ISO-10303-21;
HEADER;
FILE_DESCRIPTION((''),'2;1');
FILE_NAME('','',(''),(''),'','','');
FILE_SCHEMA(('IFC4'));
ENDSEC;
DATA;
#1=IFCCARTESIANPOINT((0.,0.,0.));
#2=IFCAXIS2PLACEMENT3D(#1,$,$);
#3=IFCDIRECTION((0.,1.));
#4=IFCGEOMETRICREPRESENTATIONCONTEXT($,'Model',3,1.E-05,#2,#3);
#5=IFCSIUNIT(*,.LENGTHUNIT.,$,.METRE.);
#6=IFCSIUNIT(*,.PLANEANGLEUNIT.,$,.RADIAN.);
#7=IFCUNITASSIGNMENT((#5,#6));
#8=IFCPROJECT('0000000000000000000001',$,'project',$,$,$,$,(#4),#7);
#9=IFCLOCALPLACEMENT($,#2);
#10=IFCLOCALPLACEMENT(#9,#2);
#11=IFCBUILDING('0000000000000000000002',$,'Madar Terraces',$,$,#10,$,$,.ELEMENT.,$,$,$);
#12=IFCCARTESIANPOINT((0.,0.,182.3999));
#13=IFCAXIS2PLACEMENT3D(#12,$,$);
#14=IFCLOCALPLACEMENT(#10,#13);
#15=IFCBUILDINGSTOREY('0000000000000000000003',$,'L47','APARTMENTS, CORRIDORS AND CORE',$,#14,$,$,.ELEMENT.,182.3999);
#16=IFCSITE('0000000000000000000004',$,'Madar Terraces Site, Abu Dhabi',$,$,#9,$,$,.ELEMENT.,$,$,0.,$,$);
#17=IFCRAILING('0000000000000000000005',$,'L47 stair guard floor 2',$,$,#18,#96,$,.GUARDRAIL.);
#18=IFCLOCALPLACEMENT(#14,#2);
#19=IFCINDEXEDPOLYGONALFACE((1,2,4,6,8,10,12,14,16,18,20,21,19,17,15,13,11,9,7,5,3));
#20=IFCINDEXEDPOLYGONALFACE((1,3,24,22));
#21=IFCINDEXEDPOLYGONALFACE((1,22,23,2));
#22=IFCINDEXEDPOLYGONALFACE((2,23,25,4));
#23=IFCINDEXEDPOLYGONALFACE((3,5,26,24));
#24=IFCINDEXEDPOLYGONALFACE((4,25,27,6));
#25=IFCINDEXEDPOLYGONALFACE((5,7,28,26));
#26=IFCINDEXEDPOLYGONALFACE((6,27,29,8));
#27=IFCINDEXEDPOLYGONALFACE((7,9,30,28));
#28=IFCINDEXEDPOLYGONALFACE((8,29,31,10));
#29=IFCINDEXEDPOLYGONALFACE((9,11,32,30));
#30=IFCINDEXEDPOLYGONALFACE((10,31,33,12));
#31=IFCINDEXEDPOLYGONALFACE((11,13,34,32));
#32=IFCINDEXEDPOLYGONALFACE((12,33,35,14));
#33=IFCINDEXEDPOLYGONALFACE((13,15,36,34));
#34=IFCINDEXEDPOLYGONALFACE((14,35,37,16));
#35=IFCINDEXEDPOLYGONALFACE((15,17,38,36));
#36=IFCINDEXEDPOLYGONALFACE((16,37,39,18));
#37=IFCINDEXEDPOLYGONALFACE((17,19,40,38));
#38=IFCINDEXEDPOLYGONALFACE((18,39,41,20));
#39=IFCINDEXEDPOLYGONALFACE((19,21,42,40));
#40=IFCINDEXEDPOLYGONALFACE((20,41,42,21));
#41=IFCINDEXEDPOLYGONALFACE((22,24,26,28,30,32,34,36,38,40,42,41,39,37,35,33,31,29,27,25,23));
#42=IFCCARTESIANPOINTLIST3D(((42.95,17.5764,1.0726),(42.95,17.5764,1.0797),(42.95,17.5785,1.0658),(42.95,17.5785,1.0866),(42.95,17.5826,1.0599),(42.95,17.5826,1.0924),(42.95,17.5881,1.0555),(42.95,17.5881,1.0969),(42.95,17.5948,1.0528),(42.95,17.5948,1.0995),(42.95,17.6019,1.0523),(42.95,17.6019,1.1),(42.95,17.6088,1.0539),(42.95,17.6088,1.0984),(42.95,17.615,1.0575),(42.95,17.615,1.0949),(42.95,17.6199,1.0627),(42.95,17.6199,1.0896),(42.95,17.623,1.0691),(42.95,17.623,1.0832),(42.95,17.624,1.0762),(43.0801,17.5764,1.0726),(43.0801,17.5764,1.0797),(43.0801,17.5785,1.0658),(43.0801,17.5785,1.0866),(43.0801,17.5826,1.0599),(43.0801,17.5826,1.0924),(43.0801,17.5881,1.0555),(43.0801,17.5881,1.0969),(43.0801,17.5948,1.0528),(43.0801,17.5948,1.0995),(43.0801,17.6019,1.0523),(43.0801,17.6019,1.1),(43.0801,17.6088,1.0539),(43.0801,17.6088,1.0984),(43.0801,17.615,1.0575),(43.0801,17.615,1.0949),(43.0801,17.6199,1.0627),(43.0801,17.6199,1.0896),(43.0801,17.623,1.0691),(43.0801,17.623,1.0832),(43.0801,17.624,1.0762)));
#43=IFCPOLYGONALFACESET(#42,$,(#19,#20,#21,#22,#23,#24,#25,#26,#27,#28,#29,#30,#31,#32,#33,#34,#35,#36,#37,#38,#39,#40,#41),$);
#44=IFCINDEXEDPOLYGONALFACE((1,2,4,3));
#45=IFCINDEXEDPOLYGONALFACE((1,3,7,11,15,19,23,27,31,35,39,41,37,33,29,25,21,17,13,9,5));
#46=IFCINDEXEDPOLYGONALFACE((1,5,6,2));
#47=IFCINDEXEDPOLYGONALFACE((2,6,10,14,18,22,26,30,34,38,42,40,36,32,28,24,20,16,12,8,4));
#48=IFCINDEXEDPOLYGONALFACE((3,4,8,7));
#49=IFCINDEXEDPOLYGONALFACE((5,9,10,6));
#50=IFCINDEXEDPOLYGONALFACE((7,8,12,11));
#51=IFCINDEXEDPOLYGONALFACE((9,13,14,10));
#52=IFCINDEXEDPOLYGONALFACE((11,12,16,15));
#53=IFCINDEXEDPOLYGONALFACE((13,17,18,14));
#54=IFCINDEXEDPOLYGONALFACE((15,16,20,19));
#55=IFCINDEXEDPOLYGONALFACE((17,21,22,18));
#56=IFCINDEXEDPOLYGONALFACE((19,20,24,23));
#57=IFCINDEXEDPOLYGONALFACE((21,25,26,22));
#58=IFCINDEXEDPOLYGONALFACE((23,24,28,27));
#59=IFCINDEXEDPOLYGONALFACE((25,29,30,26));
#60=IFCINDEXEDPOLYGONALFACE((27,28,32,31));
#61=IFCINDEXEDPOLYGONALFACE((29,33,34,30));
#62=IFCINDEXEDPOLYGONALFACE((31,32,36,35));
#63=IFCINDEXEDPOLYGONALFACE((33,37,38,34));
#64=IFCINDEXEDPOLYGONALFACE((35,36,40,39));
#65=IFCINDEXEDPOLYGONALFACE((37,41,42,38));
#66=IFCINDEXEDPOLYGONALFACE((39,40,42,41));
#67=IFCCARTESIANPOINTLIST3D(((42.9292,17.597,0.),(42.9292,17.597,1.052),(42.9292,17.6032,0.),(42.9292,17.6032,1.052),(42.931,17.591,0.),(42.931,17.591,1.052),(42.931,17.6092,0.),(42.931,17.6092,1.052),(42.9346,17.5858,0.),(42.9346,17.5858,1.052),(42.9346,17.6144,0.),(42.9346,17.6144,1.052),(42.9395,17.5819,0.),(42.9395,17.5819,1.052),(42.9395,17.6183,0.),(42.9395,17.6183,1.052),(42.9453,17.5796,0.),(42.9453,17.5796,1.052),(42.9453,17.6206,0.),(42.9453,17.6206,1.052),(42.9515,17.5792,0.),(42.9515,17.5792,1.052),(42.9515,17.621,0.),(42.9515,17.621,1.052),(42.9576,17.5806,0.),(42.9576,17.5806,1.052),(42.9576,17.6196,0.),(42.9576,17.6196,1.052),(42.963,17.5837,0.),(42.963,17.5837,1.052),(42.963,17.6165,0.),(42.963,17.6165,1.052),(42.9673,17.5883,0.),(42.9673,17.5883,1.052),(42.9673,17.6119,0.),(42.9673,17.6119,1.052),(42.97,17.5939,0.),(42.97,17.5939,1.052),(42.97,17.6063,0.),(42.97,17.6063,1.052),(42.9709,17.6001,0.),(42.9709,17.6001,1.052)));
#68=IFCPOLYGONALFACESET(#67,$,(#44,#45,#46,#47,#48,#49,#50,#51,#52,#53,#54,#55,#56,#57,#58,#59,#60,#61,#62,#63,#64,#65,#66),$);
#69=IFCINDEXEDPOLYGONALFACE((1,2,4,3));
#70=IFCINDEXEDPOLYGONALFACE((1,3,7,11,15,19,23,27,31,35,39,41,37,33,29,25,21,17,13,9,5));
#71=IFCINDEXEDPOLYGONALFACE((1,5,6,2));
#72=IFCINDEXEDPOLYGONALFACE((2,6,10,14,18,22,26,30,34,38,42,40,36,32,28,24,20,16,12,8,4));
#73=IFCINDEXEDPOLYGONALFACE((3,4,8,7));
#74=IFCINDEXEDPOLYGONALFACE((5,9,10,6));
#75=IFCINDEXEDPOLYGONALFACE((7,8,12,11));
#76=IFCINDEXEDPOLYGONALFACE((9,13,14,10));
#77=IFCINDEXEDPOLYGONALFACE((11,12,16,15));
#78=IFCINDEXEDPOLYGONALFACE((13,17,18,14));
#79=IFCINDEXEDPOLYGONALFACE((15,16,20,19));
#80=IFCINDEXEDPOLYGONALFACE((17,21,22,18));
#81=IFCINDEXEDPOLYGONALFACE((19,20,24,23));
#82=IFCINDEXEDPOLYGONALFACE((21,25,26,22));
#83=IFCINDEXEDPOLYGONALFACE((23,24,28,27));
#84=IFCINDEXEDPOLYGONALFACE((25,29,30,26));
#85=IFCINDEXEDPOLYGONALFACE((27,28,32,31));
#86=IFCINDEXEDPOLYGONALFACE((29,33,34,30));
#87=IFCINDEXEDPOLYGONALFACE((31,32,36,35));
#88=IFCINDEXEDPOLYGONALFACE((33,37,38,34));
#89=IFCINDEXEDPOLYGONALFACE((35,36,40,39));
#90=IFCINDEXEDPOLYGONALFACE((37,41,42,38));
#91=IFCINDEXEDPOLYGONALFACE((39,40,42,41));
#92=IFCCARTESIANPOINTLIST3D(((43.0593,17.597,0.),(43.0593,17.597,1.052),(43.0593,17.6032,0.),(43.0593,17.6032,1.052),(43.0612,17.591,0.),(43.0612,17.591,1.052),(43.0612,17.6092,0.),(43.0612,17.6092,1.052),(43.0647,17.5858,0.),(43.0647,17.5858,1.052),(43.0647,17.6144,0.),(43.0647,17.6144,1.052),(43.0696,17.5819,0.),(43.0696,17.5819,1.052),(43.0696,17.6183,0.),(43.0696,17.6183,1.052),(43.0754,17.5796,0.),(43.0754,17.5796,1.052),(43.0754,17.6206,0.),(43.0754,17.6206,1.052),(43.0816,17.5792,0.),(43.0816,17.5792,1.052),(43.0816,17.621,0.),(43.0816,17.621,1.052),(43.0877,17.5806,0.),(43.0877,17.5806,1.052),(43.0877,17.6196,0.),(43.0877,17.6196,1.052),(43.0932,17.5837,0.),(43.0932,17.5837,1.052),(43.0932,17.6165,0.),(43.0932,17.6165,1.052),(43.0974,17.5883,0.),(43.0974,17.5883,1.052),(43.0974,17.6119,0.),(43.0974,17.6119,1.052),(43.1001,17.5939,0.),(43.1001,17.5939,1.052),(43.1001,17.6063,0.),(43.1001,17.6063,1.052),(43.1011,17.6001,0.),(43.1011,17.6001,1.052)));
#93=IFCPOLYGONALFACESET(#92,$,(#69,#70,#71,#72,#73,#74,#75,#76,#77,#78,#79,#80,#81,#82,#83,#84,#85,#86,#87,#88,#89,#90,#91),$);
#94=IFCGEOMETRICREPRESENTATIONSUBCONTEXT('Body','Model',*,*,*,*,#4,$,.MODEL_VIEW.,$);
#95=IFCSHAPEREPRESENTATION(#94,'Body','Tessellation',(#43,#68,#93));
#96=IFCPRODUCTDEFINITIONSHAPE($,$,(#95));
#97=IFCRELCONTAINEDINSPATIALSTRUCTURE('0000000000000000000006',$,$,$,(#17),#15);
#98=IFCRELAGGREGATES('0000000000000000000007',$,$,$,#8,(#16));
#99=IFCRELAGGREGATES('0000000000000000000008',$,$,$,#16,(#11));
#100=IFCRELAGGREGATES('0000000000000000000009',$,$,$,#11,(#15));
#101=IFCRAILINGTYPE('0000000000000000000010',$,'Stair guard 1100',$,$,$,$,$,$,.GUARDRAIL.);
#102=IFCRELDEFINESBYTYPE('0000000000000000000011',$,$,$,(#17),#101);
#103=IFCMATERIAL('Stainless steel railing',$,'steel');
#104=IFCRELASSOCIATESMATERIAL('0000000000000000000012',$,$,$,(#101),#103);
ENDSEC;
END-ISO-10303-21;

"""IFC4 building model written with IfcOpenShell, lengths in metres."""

from ifc_helpers import new_model, si_unit, direction, frame, origin, origin_2d, place, context, subcontext, project, spatial, circle, extrude, material, type_object, element, save


model = new_model("IFC4")

# Units and contexts
model_context = context("Model", 3, precision=1e-05, world=origin(), true_north=direction((0.0, 1.0)))
body_context = subcontext(model_context, "Body", "Model", "MODEL_VIEW")
ifc_project = project(units=[si_unit("LENGTHUNIT", "METRE"), si_unit("PLANEANGLEUNIT", "RADIAN")], contexts=[model_context])

# Site, building, storey
site_placement = place(None, origin())
site = spatial("IfcSite", under=ifc_project, at=site_placement, Name="Madar Terraces Site, Abu Dhabi", CompositionType="ELEMENT", RefElevation=0.0)
building_placement = place(site_placement, origin())
building = spatial("IfcBuilding", under=site, at=building_placement, Name="Madar Terraces", CompositionType="ELEMENT")
storey_placement = place(building_placement, frame((0.0, 0.0, 182.3999)))
storey = spatial("IfcBuildingStorey", under=building, at=storey_placement, Name="L47", Description="APARTMENTS, CORRIDORS AND CORE", CompositionType="ELEMENT", Elevation=182.3999)

# Railing
ifc_material_1 = material(Name="Stainless steel railing", Category="steel")
railing_type_1 = type_object("IfcRailingType", Name="Stair guard 1100", PredefinedType="GUARDRAIL", material=ifc_material_1)
railing_1_placement = place(storey_placement, frame((42.95, 17.6001, 0.0)))
element("IfcRailing", 1, at=railing_1_placement, inside=storey, type_object=railing_type_1, Name="L47 stair guard floor 2", PredefinedType="GUARDRAIL", context=body_context, shape_type="SweptSolid", body=[
    extrude(circle(Radius=0.0239, at=origin_2d()), frame((0.0, 0.0, 1.0762), z_axis=(1.0, 0.0, 0.0), x_axis=(0.0, 1.0, 0.0)), (0.0, 0.0, 1.0), 0.1301),
    extrude(circle(Radius=0.021, at=origin_2d()), origin(), (0.0, 0.0, 1.0), 1.052),
    extrude(circle(Radius=0.021, at=origin_2d()), frame((0.1301, 0.0, 0.0)), (0.0, 0.0, 1.0), 1.052),
])

save(model, "model.ifc")
